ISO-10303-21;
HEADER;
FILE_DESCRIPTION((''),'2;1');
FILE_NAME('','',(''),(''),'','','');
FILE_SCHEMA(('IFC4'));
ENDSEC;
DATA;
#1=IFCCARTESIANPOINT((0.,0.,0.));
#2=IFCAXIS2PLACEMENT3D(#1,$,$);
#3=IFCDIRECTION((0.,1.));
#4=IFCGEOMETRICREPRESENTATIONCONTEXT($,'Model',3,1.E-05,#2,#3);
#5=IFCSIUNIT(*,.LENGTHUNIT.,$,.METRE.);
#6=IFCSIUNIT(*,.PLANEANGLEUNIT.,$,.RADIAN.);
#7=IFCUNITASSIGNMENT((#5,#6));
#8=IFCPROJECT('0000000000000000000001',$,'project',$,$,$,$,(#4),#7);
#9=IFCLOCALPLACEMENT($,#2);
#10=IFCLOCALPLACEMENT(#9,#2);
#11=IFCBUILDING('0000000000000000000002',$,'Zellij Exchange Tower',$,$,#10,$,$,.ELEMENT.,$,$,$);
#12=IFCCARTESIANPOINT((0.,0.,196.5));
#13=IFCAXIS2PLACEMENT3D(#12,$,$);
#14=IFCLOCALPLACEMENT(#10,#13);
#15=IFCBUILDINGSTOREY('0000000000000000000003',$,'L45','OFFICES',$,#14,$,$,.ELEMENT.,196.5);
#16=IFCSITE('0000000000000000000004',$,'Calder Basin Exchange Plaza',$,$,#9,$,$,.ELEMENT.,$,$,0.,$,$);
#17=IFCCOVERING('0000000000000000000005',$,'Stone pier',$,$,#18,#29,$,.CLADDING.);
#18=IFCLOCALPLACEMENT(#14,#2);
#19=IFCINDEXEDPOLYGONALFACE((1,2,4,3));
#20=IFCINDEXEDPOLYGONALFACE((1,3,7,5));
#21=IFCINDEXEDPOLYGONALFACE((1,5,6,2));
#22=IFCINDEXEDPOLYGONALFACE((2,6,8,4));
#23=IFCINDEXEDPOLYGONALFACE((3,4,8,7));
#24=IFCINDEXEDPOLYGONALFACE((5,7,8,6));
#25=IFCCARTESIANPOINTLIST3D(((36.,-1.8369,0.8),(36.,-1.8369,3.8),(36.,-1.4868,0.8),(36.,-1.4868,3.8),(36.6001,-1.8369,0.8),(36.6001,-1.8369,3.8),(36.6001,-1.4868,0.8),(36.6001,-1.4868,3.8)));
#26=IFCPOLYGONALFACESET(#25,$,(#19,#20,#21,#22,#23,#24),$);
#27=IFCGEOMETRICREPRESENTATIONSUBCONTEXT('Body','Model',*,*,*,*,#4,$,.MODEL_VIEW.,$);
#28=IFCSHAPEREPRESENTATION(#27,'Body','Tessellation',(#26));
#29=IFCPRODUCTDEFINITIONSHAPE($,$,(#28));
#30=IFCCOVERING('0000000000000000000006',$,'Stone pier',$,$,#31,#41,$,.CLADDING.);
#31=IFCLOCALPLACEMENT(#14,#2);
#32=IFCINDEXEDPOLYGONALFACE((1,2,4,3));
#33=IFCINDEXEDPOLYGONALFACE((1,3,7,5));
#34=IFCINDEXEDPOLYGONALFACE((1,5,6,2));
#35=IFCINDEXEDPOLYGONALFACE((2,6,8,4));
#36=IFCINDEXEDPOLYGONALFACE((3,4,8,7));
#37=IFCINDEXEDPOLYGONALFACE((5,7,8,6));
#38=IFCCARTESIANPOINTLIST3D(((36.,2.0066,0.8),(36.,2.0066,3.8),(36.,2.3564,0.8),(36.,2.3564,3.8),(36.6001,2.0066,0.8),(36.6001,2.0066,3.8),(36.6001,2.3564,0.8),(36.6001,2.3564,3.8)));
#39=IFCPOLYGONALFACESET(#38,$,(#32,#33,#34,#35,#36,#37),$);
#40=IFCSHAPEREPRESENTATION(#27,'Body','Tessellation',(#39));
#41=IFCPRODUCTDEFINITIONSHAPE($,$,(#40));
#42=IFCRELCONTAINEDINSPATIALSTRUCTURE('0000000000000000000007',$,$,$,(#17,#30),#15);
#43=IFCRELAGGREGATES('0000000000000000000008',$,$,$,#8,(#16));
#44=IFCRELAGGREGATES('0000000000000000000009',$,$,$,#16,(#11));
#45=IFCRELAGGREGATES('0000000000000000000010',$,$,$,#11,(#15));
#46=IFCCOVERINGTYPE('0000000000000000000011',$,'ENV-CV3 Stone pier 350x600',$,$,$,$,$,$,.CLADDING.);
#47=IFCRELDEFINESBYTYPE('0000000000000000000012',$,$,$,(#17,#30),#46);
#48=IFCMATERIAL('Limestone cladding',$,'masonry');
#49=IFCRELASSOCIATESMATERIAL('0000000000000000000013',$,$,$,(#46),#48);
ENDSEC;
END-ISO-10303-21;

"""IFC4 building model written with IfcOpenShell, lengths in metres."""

from ifc_helpers import new_model, si_unit, direction, frame, origin, place, context, subcontext, project, spatial, polyline, outline, extrude, material, type_object, element, save


model = new_model("IFC4")

# Units and contexts
model_context = context("Model", 3, precision=1e-05, world=origin(), true_north=direction((0.0, 1.0)))
body_context = subcontext(model_context, "Body", "Model", "MODEL_VIEW")
ifc_project = project(units=[si_unit("LENGTHUNIT", "METRE"), si_unit("PLANEANGLEUNIT", "RADIAN")], contexts=[model_context])

# Site, building, storey
site_placement = place(None, origin())
site = spatial("IfcSite", under=ifc_project, at=site_placement, Name="Calder Basin Exchange Plaza", CompositionType="ELEMENT", RefElevation=0.0)
building_placement = place(site_placement, origin())
building = spatial("IfcBuilding", under=site, at=building_placement, Name="Zellij Exchange Tower", CompositionType="ELEMENT")
storey_placement = place(building_placement, frame((0.0, 0.0, 196.5)))
storey = spatial("IfcBuildingStorey", under=building, at=storey_placement, Name="L45", Description="OFFICES", CompositionType="ELEMENT", Elevation=196.5)

# Coverings
ifc_material_1 = material(Name="Limestone cladding", Category="masonry")
covering_type = type_object("IfcCoveringType", Name="ENV-CV3 Stone pier 350x600", PredefinedType="CLADDING", material=ifc_material_1)
covering_1_placement = place(storey_placement, frame((0.0, 0.0, 0.8)))
element("IfcCovering", 1, at=covering_1_placement, inside=storey, type_object=covering_type, Name="Stone pier", PredefinedType="CLADDING", context=body_context, shape_type="SweptSolid", body=[
    extrude(outline(polyline([(36.0, -1.8369), (36.0, -1.4868), (36.6001, -1.4868), (36.6001, -1.8369), (36.0, -1.8369)])), origin(), (0.0, 0.0, 1.0), 3.0),
])
covering_2_placement = place(storey_placement, frame((0.0, 0.0, 0.8)))
element("IfcCovering", 2, at=covering_2_placement, inside=storey, type_object=covering_type, Name="Stone pier", PredefinedType="CLADDING", context=body_context, shape_type="SweptSolid", body=[
    extrude(outline(polyline([(36.0, 2.0066), (36.0, 2.3564), (36.6001, 2.3564), (36.6001, 2.0066), (36.0, 2.0066)])), origin(), (0.0, 0.0, 1.0), 3.0),
])

save(model, "model.ifc")
